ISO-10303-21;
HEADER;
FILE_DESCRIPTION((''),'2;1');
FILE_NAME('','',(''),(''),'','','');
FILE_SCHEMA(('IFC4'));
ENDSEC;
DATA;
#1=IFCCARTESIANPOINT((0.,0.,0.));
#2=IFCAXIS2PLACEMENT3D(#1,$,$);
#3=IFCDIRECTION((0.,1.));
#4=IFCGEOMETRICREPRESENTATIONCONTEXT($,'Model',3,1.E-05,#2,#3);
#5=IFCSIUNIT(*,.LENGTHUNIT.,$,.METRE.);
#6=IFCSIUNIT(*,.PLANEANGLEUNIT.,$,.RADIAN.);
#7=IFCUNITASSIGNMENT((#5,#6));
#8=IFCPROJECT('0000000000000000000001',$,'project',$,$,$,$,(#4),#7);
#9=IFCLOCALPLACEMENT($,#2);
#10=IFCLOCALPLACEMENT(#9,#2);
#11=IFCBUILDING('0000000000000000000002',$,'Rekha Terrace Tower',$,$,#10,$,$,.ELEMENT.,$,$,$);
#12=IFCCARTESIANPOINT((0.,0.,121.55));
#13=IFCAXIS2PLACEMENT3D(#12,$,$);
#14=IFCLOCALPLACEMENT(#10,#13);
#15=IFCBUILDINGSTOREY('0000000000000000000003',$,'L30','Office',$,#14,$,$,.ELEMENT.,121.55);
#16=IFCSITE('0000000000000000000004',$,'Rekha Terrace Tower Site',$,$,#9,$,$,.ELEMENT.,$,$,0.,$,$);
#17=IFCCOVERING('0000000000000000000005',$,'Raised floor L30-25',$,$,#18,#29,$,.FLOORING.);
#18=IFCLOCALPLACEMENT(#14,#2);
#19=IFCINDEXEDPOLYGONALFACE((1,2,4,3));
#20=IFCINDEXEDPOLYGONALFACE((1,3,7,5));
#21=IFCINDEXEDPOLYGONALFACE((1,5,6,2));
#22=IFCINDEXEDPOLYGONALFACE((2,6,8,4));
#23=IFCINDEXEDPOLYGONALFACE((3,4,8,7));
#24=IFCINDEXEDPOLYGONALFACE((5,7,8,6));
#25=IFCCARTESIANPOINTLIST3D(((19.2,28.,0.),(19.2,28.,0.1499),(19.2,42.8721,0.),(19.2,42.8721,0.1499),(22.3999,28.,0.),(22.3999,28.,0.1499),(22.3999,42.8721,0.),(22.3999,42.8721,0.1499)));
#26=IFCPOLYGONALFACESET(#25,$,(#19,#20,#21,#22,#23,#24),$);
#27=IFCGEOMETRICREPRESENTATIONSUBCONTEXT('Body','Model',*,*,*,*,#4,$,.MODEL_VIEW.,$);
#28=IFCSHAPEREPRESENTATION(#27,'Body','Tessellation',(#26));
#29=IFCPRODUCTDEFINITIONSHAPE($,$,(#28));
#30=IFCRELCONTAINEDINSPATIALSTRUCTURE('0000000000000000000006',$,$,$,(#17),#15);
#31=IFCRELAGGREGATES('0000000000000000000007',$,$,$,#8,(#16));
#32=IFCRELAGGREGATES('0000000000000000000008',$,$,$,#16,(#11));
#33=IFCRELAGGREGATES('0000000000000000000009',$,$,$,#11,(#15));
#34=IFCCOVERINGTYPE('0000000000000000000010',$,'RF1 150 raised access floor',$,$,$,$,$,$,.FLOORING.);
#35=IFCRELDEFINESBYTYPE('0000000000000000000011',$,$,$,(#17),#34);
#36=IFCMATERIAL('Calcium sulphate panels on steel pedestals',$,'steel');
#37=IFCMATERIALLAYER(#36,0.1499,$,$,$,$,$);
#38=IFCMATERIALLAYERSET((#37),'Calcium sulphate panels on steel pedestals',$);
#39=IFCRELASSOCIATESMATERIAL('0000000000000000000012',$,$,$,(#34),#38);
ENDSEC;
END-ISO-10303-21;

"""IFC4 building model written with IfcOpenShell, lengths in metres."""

from ifc_helpers import new_model, si_unit, direction, frame, origin, place, context, subcontext, project, spatial, polyline, outline, extrude, material, layer, layer_set, type_object, element, save


model = new_model("IFC4")

# Units and contexts
model_context = context("Model", 3, precision=1e-05, world=origin(), true_north=direction((0.0, 1.0)))
body_context = subcontext(model_context, "Body", "Model", "MODEL_VIEW")
ifc_project = project(units=[si_unit("LENGTHUNIT", "METRE"), si_unit("PLANEANGLEUNIT", "RADIAN")], contexts=[model_context])

# Site, building, storey
site_placement = place(None, origin())
site = spatial("IfcSite", under=ifc_project, at=site_placement, Name="Rekha Terrace Tower Site", CompositionType="ELEMENT", RefElevation=0.0)
building_placement = place(site_placement, origin())
building = spatial("IfcBuilding", under=site, at=building_placement, Name="Rekha Terrace Tower", CompositionType="ELEMENT")
storey_placement = place(building_placement, frame((0.0, 0.0, 121.55)))
storey = spatial("IfcBuildingStorey", under=building, at=storey_placement, Name="L30", Description="Office", CompositionType="ELEMENT", Elevation=121.55)

# Covering
ifc_material_1 = material(Name="Calcium sulphate panels on steel pedestals", Category="steel")
ifc_layer_1 = layer(ifc_material_1, 0.1499)
ifc_layer_set_1 = layer_set([ifc_layer_1], Name="Calcium sulphate panels on steel pedestals")
covering_type_1 = type_object("IfcCoveringType", Name="RF1 150 raised access floor", PredefinedType="FLOORING", material=ifc_layer_set_1)
covering_1_placement = place(storey_placement, origin())
element("IfcCovering", 1, at=covering_1_placement, inside=storey, type_object=covering_type_1, Name="Raised floor L30-25", PredefinedType="FLOORING", context=body_context, shape_type="SweptSolid", body=[
    extrude(outline(polyline([(19.2, 42.8721), (19.2, 28.0), (22.3999, 28.0), (22.3999, 42.8721), (19.2, 42.8721)])), origin(), (0.0, 0.0, 1.0), 0.1499),
])

save(model, "model.ifc")
